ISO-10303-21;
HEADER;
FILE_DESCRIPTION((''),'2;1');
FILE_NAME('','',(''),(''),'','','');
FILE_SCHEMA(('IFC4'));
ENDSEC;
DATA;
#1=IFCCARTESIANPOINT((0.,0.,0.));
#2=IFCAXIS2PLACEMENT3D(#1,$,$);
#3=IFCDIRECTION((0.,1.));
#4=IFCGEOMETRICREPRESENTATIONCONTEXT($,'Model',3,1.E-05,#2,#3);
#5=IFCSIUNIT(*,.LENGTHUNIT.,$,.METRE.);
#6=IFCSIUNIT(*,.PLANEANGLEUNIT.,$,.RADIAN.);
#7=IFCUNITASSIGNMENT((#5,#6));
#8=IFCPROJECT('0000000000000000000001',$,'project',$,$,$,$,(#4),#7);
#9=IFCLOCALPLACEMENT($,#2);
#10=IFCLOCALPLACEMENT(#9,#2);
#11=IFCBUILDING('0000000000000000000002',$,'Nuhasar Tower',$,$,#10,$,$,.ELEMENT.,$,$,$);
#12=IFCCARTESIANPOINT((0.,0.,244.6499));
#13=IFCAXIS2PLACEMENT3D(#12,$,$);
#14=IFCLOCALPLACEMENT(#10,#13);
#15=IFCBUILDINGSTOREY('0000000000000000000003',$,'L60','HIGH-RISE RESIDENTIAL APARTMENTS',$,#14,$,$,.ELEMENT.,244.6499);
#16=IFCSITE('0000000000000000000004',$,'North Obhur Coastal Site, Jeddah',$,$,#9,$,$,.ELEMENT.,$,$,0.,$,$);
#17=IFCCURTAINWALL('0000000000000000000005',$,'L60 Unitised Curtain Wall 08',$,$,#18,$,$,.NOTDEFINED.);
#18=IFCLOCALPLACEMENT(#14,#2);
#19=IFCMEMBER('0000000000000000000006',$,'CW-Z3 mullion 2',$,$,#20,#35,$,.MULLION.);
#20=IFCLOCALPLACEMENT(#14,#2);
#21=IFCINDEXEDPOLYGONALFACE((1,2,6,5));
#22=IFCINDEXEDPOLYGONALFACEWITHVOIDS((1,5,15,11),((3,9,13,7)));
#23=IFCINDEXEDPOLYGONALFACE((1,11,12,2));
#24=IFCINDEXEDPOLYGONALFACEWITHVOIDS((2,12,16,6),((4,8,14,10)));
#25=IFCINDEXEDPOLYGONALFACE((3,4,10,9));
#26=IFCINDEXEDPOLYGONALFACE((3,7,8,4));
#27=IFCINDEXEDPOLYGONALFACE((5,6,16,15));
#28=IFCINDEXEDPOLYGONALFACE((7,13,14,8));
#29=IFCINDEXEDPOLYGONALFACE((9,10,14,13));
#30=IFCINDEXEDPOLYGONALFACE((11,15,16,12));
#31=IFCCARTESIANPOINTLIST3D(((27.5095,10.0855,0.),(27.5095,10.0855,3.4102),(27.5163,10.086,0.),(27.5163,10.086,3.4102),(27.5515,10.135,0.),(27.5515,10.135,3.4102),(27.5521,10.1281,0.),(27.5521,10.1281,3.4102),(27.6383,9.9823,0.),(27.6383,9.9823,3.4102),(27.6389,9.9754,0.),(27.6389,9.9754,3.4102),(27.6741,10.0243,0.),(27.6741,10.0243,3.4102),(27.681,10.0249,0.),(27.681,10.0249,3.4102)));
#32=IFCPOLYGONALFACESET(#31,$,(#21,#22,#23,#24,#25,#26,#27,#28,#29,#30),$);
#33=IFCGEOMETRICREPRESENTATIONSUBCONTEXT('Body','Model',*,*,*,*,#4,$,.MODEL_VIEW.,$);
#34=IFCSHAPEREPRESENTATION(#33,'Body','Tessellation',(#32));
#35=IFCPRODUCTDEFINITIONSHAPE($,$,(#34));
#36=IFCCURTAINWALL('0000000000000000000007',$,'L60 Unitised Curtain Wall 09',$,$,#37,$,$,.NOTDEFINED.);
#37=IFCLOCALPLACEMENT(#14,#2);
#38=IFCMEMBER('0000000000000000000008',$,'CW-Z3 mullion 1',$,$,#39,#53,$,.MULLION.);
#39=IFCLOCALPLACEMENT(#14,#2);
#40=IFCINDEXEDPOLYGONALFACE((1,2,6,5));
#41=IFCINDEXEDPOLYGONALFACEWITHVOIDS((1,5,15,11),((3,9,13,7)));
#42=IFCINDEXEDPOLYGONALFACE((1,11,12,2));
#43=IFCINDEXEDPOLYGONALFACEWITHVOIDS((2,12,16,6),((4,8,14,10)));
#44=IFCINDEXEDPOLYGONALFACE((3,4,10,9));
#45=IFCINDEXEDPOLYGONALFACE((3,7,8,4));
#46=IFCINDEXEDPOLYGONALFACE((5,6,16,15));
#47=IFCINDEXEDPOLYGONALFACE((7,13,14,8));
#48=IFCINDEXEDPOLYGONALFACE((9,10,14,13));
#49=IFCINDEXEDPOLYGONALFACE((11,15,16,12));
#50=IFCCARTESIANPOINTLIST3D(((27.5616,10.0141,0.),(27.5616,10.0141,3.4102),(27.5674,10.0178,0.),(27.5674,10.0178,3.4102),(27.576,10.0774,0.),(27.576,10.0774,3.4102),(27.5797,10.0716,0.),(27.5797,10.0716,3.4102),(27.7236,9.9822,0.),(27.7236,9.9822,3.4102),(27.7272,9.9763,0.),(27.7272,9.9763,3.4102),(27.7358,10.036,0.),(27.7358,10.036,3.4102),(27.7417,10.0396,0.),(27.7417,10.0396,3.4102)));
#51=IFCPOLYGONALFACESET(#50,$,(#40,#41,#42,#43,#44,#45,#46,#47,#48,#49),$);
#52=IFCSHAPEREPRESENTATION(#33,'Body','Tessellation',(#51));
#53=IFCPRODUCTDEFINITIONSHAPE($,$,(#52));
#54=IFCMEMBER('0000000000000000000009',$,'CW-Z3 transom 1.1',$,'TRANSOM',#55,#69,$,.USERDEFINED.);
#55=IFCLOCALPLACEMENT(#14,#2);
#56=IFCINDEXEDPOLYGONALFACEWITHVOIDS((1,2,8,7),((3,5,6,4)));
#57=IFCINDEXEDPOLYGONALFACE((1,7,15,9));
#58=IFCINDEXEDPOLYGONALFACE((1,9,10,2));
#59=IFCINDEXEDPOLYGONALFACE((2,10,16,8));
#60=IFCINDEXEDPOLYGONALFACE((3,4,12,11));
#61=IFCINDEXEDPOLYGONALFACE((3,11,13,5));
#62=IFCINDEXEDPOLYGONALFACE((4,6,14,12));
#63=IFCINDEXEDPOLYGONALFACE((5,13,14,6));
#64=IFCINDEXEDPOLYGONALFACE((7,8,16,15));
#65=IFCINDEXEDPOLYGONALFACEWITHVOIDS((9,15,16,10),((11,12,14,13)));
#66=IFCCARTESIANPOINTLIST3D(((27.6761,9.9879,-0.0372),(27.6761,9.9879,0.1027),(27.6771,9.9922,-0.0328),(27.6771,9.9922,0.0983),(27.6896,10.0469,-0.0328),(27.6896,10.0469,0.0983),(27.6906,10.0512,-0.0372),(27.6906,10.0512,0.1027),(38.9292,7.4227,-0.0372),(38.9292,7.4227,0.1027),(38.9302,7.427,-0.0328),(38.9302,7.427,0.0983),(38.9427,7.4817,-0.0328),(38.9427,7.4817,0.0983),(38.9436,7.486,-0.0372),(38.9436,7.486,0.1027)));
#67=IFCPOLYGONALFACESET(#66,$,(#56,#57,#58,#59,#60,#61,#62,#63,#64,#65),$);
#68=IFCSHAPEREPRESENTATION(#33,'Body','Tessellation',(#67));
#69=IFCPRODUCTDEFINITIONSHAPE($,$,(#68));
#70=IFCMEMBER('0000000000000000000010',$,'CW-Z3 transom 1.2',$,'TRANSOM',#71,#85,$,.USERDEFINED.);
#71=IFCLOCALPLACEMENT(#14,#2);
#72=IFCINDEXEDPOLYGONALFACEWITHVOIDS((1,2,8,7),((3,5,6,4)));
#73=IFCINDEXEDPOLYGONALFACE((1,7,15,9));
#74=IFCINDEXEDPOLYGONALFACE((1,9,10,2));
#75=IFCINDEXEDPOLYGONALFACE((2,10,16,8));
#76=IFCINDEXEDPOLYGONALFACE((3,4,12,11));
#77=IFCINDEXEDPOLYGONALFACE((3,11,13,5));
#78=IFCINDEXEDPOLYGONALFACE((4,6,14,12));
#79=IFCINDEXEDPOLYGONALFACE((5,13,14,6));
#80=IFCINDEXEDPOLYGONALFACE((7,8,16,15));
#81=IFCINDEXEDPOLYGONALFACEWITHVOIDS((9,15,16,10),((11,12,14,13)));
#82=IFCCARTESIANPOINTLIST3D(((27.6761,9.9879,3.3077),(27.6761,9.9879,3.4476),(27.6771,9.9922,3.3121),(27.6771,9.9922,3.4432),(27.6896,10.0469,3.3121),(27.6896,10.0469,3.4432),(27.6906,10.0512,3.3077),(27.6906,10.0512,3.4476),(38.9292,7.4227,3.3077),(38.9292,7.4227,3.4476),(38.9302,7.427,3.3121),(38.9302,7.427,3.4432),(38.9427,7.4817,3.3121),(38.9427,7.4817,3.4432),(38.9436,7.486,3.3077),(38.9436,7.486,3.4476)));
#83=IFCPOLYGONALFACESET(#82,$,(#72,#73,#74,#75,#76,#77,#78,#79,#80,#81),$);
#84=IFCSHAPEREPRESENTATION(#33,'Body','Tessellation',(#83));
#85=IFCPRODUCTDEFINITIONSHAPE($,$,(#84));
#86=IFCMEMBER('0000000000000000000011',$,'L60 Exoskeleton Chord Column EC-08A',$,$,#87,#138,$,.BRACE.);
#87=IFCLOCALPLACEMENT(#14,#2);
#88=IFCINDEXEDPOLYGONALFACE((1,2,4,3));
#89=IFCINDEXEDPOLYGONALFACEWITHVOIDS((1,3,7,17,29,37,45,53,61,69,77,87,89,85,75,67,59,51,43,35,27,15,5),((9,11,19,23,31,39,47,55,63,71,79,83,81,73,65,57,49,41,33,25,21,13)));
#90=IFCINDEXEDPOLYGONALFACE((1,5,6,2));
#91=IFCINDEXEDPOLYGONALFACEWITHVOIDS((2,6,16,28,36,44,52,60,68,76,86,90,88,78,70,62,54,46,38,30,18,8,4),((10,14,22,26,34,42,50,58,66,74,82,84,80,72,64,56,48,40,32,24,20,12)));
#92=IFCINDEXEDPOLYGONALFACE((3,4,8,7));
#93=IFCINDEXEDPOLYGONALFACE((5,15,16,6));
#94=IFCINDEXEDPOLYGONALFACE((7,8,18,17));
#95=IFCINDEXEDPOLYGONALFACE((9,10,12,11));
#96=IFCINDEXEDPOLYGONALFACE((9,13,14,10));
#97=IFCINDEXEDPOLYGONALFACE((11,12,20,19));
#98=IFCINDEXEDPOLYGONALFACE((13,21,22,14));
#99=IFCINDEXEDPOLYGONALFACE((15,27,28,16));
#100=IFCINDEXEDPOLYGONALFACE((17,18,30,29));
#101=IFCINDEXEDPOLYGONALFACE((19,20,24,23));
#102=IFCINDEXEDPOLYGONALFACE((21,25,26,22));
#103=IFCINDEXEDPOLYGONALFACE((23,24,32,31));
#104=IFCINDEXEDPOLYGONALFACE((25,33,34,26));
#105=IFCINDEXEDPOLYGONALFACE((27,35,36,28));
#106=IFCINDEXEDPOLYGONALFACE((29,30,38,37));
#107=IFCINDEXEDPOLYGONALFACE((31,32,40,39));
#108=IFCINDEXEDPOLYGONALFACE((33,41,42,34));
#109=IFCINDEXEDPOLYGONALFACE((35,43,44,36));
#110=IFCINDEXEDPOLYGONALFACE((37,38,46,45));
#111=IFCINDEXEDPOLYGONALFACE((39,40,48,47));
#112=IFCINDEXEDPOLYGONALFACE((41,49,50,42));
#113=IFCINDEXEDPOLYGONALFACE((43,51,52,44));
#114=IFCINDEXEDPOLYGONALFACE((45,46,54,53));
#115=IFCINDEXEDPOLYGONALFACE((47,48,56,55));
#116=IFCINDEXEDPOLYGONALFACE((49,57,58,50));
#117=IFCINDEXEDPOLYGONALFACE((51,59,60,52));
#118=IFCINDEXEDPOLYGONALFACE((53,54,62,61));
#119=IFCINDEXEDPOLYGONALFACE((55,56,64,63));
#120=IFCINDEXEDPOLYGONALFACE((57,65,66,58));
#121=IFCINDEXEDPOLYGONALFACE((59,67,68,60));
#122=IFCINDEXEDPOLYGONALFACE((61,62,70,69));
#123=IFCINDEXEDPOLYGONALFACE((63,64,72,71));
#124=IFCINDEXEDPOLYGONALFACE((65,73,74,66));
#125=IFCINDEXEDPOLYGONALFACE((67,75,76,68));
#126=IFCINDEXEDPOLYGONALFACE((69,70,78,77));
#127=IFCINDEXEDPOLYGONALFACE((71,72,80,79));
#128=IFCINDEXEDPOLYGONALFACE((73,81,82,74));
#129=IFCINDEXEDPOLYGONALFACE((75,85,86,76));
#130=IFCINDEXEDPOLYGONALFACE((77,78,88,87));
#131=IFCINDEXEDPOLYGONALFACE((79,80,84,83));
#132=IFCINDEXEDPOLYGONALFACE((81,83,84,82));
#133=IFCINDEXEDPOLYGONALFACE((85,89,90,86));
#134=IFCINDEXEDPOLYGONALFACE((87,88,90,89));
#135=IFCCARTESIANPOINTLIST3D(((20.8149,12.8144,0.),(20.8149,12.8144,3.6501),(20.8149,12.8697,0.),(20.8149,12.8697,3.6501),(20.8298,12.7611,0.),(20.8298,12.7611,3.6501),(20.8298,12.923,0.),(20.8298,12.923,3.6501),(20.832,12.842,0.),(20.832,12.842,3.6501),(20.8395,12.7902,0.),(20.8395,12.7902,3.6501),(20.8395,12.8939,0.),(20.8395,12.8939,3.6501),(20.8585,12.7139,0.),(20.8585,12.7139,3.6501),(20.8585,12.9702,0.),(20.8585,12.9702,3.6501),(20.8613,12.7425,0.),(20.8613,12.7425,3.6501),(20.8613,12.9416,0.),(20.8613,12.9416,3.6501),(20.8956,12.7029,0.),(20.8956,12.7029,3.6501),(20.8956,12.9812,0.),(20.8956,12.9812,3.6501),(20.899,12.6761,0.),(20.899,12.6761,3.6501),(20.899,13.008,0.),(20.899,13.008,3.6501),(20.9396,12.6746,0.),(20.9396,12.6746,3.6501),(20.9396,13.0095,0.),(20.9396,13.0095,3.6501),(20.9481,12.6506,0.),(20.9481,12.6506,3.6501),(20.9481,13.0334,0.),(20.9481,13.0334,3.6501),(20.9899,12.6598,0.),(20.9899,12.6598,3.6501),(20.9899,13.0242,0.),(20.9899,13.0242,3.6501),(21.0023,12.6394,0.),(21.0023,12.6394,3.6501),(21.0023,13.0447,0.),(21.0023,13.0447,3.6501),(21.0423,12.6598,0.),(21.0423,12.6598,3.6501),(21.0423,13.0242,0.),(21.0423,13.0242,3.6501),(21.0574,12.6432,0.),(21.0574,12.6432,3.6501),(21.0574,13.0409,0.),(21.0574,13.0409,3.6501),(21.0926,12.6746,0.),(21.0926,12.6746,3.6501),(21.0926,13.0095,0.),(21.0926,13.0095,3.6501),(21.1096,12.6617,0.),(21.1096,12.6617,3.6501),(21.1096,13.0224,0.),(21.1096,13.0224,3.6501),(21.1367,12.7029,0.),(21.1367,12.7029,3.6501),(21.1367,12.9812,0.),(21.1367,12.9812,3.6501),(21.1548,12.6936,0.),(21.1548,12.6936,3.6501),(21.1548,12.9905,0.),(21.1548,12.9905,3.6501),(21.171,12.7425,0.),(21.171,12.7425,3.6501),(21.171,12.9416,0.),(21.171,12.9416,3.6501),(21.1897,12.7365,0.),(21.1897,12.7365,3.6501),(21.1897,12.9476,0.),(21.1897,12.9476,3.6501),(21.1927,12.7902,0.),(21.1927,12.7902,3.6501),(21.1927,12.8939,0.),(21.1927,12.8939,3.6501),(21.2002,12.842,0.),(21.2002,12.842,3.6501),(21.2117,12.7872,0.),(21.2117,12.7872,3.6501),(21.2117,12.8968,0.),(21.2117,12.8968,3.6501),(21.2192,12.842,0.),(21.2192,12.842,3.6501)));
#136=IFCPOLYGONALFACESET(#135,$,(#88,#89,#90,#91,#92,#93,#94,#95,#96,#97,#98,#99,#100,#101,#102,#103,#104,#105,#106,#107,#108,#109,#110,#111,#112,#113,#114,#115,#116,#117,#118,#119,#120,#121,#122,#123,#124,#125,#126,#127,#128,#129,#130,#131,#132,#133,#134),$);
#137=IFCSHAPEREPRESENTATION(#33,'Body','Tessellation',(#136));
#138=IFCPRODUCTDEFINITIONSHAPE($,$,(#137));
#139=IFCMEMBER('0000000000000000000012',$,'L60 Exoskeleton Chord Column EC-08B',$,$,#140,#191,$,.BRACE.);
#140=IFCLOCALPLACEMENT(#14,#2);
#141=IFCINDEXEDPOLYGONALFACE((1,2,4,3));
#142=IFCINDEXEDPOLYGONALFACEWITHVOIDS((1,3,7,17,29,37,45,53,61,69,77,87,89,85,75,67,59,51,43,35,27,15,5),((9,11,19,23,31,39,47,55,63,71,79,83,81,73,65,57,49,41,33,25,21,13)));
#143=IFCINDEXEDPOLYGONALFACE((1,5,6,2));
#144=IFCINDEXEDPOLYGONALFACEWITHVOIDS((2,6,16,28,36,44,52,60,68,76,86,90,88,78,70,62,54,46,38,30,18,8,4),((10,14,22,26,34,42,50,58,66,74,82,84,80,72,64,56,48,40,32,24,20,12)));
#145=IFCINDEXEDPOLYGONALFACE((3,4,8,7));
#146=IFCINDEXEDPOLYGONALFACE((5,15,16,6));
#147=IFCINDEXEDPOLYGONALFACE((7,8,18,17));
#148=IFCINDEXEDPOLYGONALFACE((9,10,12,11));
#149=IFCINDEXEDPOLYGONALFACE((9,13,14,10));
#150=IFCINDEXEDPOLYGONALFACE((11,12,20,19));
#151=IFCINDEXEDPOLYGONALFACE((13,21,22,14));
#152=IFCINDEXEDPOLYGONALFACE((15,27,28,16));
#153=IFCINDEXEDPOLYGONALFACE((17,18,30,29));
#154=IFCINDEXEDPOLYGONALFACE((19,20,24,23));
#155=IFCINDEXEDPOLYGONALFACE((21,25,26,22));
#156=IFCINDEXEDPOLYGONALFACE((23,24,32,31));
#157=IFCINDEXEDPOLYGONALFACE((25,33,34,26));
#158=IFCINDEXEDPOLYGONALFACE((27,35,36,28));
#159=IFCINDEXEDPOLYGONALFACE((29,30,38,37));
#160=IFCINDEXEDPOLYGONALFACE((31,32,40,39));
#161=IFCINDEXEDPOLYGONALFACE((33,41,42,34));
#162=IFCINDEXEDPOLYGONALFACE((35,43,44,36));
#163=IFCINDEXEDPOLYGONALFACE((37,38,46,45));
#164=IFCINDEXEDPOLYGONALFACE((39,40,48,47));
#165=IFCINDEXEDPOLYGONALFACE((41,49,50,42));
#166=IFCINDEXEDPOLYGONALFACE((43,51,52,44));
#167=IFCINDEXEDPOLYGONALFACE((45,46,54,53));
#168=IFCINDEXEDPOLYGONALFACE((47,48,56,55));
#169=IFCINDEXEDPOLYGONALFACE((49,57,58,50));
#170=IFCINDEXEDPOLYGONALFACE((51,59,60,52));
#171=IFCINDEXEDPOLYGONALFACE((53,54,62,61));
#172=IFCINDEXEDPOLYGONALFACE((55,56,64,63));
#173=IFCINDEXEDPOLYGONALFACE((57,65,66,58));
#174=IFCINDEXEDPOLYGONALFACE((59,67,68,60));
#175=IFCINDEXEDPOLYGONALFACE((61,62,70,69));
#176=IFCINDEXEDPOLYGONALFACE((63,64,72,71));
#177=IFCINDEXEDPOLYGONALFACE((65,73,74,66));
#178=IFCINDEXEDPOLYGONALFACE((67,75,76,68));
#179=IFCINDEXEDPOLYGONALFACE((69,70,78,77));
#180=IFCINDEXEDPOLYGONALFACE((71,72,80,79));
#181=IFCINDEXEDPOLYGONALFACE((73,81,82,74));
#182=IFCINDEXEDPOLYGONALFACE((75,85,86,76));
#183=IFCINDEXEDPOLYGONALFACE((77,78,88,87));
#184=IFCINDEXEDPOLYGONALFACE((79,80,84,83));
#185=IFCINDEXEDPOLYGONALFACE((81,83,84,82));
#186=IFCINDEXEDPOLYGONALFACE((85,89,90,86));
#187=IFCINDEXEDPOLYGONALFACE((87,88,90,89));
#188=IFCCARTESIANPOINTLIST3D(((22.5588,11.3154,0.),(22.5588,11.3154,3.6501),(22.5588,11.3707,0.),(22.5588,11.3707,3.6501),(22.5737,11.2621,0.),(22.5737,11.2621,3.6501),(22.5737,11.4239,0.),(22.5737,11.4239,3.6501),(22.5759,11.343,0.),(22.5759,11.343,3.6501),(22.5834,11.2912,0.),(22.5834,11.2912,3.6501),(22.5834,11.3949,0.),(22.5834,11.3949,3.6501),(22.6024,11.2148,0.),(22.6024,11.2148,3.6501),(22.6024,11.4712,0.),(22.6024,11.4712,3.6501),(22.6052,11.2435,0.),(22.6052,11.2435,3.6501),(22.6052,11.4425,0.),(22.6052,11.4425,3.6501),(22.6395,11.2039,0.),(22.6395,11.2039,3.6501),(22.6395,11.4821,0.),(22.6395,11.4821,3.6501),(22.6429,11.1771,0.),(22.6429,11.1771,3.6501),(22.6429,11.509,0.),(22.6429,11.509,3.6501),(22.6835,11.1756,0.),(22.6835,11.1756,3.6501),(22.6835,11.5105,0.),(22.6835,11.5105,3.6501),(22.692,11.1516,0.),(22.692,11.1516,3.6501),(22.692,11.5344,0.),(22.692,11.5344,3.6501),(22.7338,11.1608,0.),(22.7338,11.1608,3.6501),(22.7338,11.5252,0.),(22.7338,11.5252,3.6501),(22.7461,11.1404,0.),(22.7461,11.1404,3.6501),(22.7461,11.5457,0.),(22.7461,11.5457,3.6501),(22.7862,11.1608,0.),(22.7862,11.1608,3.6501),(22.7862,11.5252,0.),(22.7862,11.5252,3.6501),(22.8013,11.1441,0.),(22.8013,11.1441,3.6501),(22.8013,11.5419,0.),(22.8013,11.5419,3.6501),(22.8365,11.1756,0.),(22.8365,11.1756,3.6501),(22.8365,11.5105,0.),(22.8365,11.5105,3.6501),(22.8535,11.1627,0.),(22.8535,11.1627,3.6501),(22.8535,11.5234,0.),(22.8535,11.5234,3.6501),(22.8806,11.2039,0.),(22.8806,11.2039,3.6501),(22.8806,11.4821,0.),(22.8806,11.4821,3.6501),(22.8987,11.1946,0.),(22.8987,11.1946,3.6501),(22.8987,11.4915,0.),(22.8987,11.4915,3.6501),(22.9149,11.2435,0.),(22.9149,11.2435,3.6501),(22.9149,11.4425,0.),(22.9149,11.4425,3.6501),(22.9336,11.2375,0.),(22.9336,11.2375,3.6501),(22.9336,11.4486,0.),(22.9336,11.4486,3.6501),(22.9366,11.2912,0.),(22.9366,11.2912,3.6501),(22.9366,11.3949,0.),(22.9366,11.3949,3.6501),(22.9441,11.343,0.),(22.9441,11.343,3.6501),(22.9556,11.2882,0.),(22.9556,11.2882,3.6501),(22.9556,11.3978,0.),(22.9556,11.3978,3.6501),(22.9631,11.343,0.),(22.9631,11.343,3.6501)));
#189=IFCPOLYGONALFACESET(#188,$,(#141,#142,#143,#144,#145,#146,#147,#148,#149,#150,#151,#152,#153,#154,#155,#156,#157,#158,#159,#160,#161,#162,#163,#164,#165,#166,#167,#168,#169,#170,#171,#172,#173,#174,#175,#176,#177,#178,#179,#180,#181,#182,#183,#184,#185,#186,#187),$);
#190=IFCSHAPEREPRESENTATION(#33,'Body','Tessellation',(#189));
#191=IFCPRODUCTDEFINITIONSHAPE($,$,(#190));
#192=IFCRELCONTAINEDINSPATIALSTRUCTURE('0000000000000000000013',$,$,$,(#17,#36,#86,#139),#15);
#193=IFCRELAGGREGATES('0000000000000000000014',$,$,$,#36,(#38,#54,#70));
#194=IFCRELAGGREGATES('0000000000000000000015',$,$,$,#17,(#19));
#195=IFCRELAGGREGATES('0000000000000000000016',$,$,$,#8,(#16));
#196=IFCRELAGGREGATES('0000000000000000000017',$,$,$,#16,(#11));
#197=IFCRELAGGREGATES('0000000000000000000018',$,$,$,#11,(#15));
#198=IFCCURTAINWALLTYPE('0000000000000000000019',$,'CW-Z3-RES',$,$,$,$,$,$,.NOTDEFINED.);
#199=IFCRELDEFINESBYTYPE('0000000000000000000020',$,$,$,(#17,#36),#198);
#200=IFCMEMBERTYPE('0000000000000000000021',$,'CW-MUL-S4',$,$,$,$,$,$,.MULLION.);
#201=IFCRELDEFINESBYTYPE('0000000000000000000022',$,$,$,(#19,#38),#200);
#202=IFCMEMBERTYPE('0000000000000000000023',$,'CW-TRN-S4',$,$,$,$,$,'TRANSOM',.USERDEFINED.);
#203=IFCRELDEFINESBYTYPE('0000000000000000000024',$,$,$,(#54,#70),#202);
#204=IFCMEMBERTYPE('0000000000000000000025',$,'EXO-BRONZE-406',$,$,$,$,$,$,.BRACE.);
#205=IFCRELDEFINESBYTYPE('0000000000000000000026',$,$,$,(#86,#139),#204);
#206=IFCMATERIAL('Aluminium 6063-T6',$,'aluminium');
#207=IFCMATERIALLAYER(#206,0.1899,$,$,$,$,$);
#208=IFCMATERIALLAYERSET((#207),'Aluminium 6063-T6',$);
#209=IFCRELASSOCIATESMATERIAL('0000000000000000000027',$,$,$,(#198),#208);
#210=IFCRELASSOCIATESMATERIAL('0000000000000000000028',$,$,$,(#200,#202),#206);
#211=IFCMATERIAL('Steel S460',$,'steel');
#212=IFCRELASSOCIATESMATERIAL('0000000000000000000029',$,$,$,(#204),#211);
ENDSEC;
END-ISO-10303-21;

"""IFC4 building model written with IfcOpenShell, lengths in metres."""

from ifc_helpers import new_model, si_unit, direction, frame, origin, origin_2d, place, context, subcontext, project, spatial, hollow_rectangle, hollow_circle, extrude, material, layer, layer_set, material_profile, profile_set, type_object, element, aggregate, save


model = new_model("IFC4")

# Units and contexts
model_context = context("Model", 3, precision=1e-05, world=origin(), true_north=direction((0.0, 1.0)))
body_context = subcontext(model_context, "Body", "Model", "MODEL_VIEW")
ifc_project = project(units=[si_unit("LENGTHUNIT", "METRE"), si_unit("PLANEANGLEUNIT", "RADIAN")], contexts=[model_context])

# Site, building, storey
site_placement = place(None, origin())
site = spatial("IfcSite", under=ifc_project, at=site_placement, Name="North Obhur Coastal Site, Jeddah", CompositionType="ELEMENT", RefElevation=0.0)
building_placement = place(site_placement, origin())
building = spatial("IfcBuilding", under=site, at=building_placement, Name="Nuhasar Tower", CompositionType="ELEMENT")
storey_placement = place(building_placement, frame((0.0, 0.0, 244.6499)))
storey = spatial("IfcBuildingStorey", under=building, at=storey_placement, Name="L60", Description="HIGH-RISE RESIDENTIAL APARTMENTS", CompositionType="ELEMENT", Elevation=244.6499)

# Curtain wall, member
ifc_material_1 = material(Name="Aluminium 6063-T6", Category="aluminium")
ifc_layer_1 = layer(ifc_material_1, 0.1899)
ifc_layer_set_1 = layer_set([ifc_layer_1], Name="Aluminium 6063-T6")
curtain_wall_type = type_object("IfcCurtainWallType", Name="CW-Z3-RES", PredefinedType="NOTDEFINED", material=ifc_layer_set_1)
curtain_wall_1_placement = place(storey_placement, origin())
curtain_wall_1 = element("IfcCurtainWall", 1, at=curtain_wall_1_placement, inside=storey, type_object=curtain_wall_type, Name="L60 Unitised Curtain Wall 08", PredefinedType="NOTDEFINED")
ifc_material_profile_1 = material_profile(ifc_material_1, hollow_rectangle(XDim=0.0649, YDim=0.1699, WallThickness=0.0049, at=origin_2d()), Name="CWM-4")
ifc_profile_set_1 = profile_set([ifc_material_profile_1], Name="Aluminium 6063-T6")
member_type_1 = type_object("IfcMemberType", Name="CW-MUL-S4", PredefinedType="MULLION", material=ifc_profile_set_1)
member_1_placement = place(storey_placement, frame((27.5952, 10.0552, 0.0), z_axis=(0.0, 0.0, 1.0), x_axis=(0.647895, 0.761729, 0.0)))
member_1 = element("IfcMember", 2, at=member_1_placement, type_object=member_type_1, Name="CW-Z3 mullion 2", PredefinedType="MULLION", context=body_context, shape_type="SweptSolid", body=[
    extrude(hollow_rectangle(XDim=0.0649, YDim=0.1699, WallThickness=0.0049, at=origin_2d()), origin(), (0.0, 0.0, 1.0), 3.4102),
])

# Curtain wall, members
curtain_wall_2_placement = place(storey_placement, origin())
curtain_wall_2 = element("IfcCurtainWall", 3, at=curtain_wall_2_placement, inside=storey, type_object=curtain_wall_type, Name="L60 Unitised Curtain Wall 09", PredefinedType="NOTDEFINED")
member_2_placement = place(storey_placement, frame((27.6516, 10.0269, 0.0), z_axis=(0.0, 0.0, 1.0), x_axis=(0.222243, 0.974991, 0.0)))
member_2 = element("IfcMember", 4, at=member_2_placement, type_object=member_type_1, Name="CW-Z3 mullion 1", PredefinedType="MULLION", context=body_context, shape_type="SweptSolid", body=[
    extrude(hollow_rectangle(XDim=0.0649, YDim=0.1699, WallThickness=0.0049, at=origin_2d()), origin(), (0.0, 0.0, 1.0), 3.4102),
])
ifc_material_profile_2 = material_profile(ifc_material_1, hollow_rectangle(XDim=0.0649, YDim=0.1399, WallThickness=0.0044, at=origin_2d()), Name="CWT-4")
ifc_profile_set_2 = profile_set([ifc_material_profile_2], Name="Aluminium 6063-T6")
member_type_2 = type_object("IfcMemberType", Name="CW-TRN-S4", ElementType="TRANSOM", PredefinedType="USERDEFINED", material=ifc_profile_set_2)
member_3_placement = place(storey_placement, frame((27.6833, 10.0195, 0.0327), z_axis=(0.974989, -0.222251, 0.0), x_axis=(0.222251, 0.974989, 0.0)))
member_3 = element("IfcMember", 5, at=member_3_placement, type_object=member_type_2, Name="CW-Z3 transom 1.1", ObjectType="TRANSOM", PredefinedType="USERDEFINED", context=body_context, shape_type="SweptSolid", body=[
    extrude(hollow_rectangle(XDim=0.0649, YDim=0.1399, WallThickness=0.0044, at=origin_2d()), origin(), (0.0, 0.0, 1.0), 11.5417),
])
member_4_placement = place(storey_placement, frame((27.6833, 10.0195, 3.3777), z_axis=(0.974989, -0.222251, 0.0), x_axis=(0.222251, 0.974989, 0.0)))
member_4 = element("IfcMember", 6, at=member_4_placement, type_object=member_type_2, Name="CW-Z3 transom 1.2", ObjectType="TRANSOM", PredefinedType="USERDEFINED", context=body_context, shape_type="SweptSolid", body=[
    extrude(hollow_rectangle(XDim=0.0649, YDim=0.1399, WallThickness=0.0044, at=origin_2d()), origin(), (0.0, 0.0, 1.0), 11.5417),
])
aggregate(curtain_wall_2, [member_2, member_3, member_4])

# Members
ifc_material_2 = material(Name="Steel S460", Category="steel")
ifc_material_profile_3 = material_profile(ifc_material_2, hollow_circle(Radius=0.2031, WallThickness=0.019, at=origin_2d()), Name="HSS406.4X19.1")
ifc_profile_set_3 = profile_set([ifc_material_profile_3], Name="Steel S460")
member_type_3 = type_object("IfcMemberType", Name="EXO-BRONZE-406", PredefinedType="BRACE", material=ifc_profile_set_3)
for number, where, z_axis, x_axis, name in (
    (7, (21.0161, 12.842, 0.0), (0.0, 0.0, 1.0), (1.0, 0.0, 0.0), "L60 Exoskeleton Chord Column EC-08A"),
    (8, (22.76, 11.343, 0.0), (0.0, 0.0, 1.0), (1.0, 0.0, 0.0), "L60 Exoskeleton Chord Column EC-08B"),
):
    element("IfcMember", number, at=place(storey_placement, frame(where, z_axis=z_axis, x_axis=x_axis)), inside=storey, type_object=member_type_3, Name=name, PredefinedType="BRACE", context=body_context, shape_type="SweptSolid", body=[
        extrude(hollow_circle(Radius=0.2031, WallThickness=0.019, at=origin_2d()), origin(), (0.0, 0.0, 1.0), 3.6501),
    ])

aggregate(curtain_wall_1, [member_1])

save(model, "model.ifc")
